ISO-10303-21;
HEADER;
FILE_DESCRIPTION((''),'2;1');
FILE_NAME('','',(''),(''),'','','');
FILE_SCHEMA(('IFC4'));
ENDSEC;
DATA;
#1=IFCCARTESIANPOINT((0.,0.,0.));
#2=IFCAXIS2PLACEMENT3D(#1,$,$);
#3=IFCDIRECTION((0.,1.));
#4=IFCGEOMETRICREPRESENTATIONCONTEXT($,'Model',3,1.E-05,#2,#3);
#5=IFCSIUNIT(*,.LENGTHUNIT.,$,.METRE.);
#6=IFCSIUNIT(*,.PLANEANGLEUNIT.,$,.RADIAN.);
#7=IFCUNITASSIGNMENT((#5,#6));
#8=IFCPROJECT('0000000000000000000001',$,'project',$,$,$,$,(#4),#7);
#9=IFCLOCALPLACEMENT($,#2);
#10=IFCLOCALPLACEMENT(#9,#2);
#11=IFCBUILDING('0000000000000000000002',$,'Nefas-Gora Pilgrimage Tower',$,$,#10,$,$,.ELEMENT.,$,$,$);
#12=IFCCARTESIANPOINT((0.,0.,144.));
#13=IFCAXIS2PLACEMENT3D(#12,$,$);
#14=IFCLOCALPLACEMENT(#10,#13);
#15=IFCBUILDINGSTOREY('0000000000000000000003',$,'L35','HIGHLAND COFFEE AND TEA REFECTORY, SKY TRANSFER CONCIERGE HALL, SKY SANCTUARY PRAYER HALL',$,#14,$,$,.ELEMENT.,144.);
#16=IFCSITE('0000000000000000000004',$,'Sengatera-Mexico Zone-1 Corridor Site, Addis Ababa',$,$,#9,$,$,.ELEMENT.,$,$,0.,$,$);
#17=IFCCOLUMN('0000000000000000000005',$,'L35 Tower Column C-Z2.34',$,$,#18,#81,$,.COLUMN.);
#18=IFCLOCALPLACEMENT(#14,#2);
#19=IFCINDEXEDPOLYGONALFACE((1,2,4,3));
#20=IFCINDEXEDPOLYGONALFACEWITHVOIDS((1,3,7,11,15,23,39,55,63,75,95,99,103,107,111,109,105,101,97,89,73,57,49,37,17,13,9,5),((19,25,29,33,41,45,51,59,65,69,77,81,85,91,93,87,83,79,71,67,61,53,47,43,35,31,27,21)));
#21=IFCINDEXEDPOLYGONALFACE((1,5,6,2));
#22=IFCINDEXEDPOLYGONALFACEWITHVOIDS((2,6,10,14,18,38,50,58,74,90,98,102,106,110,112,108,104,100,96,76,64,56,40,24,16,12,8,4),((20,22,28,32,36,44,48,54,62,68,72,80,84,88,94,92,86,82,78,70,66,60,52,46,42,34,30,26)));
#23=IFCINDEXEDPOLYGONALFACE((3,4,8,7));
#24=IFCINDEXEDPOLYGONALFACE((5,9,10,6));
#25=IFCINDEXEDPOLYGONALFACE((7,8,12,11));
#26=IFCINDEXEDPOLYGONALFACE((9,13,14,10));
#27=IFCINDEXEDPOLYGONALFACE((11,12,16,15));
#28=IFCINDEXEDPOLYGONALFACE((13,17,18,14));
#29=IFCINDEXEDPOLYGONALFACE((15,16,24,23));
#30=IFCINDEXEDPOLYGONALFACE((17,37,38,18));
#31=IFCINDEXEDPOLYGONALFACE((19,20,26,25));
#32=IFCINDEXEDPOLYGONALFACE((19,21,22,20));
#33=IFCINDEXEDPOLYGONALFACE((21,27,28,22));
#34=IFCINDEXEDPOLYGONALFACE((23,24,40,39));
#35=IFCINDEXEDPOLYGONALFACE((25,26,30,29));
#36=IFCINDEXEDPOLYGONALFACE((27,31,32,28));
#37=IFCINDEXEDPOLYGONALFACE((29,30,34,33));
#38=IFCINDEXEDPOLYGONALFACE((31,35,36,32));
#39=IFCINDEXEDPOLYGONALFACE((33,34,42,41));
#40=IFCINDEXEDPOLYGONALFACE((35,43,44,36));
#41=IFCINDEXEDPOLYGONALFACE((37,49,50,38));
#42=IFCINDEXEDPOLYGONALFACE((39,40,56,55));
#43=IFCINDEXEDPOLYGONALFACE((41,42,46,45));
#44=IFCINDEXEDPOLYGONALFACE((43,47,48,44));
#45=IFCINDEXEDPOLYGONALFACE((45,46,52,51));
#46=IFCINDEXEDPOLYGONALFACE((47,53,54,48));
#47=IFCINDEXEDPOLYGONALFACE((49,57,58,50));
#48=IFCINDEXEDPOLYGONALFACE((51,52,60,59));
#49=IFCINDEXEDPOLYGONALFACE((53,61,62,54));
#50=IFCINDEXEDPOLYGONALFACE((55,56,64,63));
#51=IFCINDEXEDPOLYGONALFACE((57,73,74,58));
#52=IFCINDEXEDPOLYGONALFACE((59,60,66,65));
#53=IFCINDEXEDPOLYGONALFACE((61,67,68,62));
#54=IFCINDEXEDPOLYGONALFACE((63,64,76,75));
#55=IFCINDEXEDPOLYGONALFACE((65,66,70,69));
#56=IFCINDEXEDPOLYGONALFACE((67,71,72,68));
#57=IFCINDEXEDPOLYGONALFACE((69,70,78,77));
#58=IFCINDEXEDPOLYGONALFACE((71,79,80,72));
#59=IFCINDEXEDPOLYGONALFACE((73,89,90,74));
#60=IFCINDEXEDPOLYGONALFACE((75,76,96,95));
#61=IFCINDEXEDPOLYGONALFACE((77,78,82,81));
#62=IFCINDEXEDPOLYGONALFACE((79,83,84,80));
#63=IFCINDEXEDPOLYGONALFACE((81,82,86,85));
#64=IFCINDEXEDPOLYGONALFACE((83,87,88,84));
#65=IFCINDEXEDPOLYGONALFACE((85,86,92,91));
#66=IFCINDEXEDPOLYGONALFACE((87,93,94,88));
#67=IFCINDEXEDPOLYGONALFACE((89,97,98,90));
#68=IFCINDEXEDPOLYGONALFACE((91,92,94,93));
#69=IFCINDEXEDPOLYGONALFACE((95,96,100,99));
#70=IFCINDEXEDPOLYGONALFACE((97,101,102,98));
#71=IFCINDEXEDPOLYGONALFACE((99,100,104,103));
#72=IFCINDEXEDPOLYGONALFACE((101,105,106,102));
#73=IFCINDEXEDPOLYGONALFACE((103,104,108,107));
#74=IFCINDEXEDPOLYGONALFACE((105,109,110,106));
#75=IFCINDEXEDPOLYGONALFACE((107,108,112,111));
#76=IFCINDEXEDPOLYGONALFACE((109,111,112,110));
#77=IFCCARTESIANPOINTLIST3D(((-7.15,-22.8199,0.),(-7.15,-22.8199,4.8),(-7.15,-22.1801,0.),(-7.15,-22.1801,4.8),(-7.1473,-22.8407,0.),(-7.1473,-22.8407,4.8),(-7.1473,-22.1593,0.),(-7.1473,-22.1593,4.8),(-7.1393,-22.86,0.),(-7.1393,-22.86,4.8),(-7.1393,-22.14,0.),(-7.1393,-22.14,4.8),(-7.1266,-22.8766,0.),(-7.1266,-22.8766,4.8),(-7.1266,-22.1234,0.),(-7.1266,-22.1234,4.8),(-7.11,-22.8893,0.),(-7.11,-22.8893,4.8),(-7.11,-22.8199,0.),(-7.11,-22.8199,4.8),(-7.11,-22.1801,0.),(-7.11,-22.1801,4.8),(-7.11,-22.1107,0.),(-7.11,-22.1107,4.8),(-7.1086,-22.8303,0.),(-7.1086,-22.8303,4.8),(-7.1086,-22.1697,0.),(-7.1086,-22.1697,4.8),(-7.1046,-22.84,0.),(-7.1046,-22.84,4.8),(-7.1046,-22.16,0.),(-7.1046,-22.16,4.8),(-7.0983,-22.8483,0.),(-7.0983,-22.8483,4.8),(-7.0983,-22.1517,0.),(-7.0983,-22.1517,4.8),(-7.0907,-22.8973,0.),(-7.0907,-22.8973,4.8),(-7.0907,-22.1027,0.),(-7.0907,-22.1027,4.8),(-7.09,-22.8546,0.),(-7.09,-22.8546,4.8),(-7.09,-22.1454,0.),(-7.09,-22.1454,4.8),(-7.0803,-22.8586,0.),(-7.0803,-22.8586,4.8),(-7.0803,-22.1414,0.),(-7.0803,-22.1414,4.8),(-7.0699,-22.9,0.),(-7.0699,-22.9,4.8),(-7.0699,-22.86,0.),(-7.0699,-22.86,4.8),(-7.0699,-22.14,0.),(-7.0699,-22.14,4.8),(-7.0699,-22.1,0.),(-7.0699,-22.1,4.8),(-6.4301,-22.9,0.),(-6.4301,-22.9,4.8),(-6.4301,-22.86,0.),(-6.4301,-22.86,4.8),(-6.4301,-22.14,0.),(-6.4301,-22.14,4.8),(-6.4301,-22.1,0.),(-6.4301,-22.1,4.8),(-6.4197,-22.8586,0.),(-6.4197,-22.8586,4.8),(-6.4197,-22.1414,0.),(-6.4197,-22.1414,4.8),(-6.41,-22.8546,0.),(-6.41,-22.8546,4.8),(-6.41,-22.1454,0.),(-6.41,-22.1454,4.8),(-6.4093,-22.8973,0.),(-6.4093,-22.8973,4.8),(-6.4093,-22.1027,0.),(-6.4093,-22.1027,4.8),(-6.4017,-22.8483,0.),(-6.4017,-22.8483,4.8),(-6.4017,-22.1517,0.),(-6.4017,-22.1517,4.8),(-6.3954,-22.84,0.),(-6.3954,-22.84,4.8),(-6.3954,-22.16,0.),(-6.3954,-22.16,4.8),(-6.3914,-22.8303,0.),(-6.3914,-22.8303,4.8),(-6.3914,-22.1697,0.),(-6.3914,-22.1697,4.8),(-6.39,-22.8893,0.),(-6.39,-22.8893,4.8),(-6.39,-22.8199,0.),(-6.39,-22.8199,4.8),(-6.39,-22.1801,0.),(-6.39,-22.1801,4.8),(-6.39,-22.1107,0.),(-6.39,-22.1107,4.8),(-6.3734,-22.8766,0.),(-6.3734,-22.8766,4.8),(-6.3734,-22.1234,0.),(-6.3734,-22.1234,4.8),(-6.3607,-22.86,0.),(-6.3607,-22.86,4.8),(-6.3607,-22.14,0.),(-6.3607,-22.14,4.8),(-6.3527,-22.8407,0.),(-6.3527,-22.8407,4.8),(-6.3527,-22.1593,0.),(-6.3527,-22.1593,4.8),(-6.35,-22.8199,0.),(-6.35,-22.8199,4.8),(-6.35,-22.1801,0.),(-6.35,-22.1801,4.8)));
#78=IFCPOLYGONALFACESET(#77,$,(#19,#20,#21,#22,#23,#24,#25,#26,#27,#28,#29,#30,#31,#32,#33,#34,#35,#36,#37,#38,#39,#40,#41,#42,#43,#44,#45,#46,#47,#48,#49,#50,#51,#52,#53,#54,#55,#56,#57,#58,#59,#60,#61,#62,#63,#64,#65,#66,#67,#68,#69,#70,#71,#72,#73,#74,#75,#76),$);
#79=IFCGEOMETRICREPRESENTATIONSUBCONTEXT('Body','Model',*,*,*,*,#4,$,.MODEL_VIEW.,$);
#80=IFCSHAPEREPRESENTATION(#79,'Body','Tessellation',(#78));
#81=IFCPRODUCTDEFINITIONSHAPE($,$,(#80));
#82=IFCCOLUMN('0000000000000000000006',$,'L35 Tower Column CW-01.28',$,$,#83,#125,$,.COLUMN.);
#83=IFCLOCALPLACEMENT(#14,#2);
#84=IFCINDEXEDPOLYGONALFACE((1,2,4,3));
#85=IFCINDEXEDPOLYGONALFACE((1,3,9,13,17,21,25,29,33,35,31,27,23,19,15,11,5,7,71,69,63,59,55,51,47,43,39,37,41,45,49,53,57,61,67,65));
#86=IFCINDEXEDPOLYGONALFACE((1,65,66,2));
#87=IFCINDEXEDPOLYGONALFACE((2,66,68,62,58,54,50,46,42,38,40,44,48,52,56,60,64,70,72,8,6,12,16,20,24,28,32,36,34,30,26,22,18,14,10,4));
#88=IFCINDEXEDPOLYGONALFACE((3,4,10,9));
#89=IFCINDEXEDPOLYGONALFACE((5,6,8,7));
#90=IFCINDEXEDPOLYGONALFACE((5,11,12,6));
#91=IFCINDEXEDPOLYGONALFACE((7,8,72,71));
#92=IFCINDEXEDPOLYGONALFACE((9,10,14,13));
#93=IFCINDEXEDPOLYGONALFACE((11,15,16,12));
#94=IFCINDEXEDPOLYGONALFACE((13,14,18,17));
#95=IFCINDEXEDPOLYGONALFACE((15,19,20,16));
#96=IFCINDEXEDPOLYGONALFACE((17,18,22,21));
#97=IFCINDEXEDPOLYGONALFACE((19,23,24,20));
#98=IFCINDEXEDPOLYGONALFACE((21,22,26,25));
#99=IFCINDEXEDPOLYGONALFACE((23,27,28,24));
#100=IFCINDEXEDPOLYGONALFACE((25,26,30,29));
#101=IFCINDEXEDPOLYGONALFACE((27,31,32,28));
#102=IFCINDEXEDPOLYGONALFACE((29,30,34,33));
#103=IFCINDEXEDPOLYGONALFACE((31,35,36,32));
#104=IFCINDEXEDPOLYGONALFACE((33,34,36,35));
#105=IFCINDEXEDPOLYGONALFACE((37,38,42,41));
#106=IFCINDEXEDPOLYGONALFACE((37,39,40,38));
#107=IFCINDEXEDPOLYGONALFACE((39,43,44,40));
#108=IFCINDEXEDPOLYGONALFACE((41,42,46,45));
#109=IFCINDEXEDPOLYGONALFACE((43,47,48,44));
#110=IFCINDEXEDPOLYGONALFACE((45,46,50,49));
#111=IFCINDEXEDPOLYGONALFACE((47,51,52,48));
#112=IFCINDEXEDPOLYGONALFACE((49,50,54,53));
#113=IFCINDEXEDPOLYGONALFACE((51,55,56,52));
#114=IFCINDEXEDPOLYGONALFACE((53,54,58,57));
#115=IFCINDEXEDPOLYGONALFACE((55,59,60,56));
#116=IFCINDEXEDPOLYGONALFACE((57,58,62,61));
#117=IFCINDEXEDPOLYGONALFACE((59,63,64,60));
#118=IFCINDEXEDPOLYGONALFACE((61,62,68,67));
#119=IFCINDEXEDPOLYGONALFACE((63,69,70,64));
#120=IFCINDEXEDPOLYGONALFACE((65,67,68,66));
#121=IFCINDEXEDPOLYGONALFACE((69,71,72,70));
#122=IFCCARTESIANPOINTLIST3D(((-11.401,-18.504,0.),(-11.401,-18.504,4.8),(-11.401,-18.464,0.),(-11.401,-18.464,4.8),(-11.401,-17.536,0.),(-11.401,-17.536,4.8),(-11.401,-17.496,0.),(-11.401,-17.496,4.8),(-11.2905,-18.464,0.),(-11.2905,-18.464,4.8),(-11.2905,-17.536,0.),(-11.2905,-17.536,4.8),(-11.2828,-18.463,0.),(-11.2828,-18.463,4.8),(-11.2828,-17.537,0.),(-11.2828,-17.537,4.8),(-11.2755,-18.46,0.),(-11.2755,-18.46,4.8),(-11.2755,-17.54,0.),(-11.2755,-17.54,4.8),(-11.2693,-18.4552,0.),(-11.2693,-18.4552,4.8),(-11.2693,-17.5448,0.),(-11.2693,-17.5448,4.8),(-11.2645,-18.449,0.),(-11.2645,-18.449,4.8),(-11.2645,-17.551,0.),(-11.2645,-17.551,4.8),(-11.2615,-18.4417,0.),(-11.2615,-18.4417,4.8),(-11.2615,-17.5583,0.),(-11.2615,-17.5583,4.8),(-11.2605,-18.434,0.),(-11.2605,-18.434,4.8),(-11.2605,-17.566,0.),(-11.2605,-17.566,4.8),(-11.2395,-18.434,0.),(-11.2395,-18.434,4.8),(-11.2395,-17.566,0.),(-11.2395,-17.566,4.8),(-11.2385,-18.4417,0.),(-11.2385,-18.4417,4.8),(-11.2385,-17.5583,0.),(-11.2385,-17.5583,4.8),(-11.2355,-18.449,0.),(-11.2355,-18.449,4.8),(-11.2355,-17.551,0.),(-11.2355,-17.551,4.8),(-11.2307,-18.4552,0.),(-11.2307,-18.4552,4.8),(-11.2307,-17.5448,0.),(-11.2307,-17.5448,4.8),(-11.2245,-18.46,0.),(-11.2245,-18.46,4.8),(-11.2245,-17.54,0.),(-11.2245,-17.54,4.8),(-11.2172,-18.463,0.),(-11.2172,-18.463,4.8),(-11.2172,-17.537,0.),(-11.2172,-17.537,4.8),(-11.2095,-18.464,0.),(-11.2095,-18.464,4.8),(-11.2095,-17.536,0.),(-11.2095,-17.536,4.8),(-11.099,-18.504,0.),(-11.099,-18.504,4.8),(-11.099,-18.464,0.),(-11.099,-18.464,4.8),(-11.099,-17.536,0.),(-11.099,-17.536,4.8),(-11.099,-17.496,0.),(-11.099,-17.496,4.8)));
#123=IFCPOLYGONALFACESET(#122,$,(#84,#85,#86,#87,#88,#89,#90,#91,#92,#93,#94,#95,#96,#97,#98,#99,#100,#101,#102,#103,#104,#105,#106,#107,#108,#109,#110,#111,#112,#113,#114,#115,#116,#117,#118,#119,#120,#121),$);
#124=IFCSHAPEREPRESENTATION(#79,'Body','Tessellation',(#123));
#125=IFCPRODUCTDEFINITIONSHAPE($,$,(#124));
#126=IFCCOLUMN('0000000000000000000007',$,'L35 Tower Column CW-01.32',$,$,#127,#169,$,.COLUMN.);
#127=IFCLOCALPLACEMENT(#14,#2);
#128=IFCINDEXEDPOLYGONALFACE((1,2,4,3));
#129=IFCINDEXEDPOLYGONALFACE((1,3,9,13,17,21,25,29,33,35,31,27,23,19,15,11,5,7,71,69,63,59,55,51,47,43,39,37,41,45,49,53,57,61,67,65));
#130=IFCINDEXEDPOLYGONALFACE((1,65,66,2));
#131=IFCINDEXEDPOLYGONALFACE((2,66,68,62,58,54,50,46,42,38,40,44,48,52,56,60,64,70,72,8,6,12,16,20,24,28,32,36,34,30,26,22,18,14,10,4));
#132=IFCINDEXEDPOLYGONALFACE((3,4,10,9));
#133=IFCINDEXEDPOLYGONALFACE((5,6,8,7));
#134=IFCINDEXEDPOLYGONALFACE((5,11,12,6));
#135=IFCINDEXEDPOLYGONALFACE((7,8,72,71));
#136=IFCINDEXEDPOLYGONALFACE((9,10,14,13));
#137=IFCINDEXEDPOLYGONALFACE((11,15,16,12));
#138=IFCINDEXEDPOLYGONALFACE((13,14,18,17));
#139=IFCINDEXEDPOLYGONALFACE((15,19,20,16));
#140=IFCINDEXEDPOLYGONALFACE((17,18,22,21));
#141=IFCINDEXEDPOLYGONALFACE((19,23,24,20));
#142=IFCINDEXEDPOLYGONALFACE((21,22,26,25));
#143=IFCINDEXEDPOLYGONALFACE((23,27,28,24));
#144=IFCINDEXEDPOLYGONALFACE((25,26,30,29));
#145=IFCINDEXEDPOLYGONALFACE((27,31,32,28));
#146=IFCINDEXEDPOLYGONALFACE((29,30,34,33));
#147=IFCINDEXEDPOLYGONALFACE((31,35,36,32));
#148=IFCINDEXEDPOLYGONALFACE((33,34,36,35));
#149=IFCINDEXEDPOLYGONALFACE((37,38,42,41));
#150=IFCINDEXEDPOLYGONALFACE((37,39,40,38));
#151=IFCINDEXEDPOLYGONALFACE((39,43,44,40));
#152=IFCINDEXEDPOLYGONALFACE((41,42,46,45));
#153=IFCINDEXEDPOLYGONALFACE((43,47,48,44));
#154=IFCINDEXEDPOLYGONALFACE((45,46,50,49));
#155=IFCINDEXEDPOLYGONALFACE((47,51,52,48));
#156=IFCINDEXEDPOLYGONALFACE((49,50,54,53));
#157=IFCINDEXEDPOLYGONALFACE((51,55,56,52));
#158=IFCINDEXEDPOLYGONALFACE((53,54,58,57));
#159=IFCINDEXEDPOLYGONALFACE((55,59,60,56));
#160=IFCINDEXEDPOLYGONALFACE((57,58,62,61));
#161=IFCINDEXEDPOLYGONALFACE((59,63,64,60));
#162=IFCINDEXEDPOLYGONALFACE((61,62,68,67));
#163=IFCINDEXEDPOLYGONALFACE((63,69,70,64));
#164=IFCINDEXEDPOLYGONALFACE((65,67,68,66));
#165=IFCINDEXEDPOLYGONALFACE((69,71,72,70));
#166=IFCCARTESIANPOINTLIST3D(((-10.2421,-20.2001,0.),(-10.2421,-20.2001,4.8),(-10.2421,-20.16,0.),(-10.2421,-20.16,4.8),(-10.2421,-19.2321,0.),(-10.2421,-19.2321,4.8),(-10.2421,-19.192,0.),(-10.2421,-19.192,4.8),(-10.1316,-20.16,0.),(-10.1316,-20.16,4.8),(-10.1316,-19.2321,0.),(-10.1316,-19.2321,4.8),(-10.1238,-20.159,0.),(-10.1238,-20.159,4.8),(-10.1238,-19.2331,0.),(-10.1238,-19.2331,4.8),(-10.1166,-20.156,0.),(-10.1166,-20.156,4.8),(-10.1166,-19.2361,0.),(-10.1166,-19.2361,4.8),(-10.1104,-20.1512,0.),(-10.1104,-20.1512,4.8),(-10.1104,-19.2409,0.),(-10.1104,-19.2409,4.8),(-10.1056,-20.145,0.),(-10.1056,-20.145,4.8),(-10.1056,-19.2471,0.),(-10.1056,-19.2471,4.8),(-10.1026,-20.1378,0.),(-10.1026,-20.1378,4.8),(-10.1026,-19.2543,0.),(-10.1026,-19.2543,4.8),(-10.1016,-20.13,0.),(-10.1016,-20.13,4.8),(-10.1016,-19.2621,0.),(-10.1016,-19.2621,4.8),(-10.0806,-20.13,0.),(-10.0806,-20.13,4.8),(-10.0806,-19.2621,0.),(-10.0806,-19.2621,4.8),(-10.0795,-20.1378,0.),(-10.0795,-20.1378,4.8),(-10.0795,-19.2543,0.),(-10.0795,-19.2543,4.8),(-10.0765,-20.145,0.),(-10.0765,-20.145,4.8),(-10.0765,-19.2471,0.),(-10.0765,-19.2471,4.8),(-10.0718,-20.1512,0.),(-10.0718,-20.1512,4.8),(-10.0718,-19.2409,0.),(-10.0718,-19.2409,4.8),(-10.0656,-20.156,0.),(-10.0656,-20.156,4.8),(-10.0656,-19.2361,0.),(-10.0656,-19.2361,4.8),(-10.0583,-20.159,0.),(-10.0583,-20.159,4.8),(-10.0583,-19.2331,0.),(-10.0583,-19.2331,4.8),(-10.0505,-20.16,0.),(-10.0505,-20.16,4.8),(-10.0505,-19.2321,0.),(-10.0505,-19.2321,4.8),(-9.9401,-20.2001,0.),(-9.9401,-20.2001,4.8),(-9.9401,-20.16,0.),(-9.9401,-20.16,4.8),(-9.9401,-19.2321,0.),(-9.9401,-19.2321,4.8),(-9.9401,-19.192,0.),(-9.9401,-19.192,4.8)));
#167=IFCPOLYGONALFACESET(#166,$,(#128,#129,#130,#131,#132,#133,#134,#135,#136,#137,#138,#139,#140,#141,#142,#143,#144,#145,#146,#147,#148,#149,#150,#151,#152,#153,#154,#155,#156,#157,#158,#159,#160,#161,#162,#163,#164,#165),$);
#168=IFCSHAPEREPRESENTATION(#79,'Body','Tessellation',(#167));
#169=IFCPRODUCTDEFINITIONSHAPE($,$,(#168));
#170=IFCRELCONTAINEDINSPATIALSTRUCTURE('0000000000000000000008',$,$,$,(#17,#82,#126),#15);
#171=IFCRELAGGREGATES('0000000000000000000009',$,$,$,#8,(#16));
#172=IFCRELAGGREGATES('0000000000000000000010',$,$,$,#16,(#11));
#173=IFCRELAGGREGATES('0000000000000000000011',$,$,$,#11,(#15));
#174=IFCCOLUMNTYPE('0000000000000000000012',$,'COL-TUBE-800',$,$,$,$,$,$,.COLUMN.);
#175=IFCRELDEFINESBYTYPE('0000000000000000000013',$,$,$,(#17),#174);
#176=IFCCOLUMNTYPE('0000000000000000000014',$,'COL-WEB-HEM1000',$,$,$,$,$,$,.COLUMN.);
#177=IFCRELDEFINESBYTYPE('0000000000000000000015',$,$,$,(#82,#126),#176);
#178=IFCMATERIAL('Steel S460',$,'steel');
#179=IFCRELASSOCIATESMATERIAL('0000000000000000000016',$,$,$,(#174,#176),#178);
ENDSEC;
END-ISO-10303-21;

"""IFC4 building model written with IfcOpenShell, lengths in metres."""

from ifc_helpers import new_model, si_unit, direction, frame, origin, origin_2d, place, context, subcontext, project, spatial, hollow_rectangle, i_section, extrude, source, transform, mapped, material, material_profile, profile_set, type_object, element, save


model = new_model("IFC4")

# Units and contexts
model_context = context("Model", 3, precision=1e-05, world=origin(), true_north=direction((0.0, 1.0)))
body_context = subcontext(model_context, "Body", "Model", "MODEL_VIEW")
ifc_project = project(units=[si_unit("LENGTHUNIT", "METRE"), si_unit("PLANEANGLEUNIT", "RADIAN")], contexts=[model_context])

# Site, building, storey
site_placement = place(None, origin())
site = spatial("IfcSite", under=ifc_project, at=site_placement, Name="Sengatera-Mexico Zone-1 Corridor Site, Addis Ababa", CompositionType="ELEMENT", RefElevation=0.0)
building_placement = place(site_placement, origin())
building = spatial("IfcBuilding", under=site, at=building_placement, Name="Nefas-Gora Pilgrimage Tower", CompositionType="ELEMENT")
storey_placement = place(building_placement, frame((0.0, 0.0, 144.0)))
storey = spatial("IfcBuildingStorey", under=building, at=storey_placement, Name="L35", Description="HIGHLAND COFFEE AND TEA REFECTORY, SKY TRANSFER CONCIERGE HALL, SKY SANCTUARY PRAYER HALL", CompositionType="ELEMENT", Elevation=144.0)

# Columns
ifc_material_1 = material(Name="Steel S460", Category="steel")
ifc_material_profile_1 = material_profile(ifc_material_1, hollow_rectangle(XDim=0.8, YDim=0.8, WallThickness=0.04, InnerFilletRadius=0.04, OuterFilletRadius=0.0801, at=origin_2d()), Name="BOX 800x800x40")
ifc_profile_set_1 = profile_set([ifc_material_profile_1], Name="Steel S460")
column_type_1 = type_object("IfcColumnType", Name="COL-TUBE-800", PredefinedType="COLUMN", material=ifc_profile_set_1)
shared_shape_1 = source(origin(), body_context, "Body", "SweptSolid", [
    extrude(hollow_rectangle(XDim=0.8, YDim=0.8, WallThickness=0.04, InnerFilletRadius=0.04, OuterFilletRadius=0.0801, at=origin_2d()), origin(), (0.0, 0.0, 1.0), 4.8),
])
column_1_placement = place(storey_placement, frame((-6.75, -22.5, 0.0), z_axis=(0.0, 0.0, 1.0), x_axis=(1.0, 0.0, 0.0)))
element("IfcColumn", 1, at=column_1_placement, inside=storey, type_object=column_type_1, Name="L35 Tower Column C-Z2.34", PredefinedType="COLUMN", context=body_context, shape_type="MappedRepresentation", body=[
    mapped(shared_shape_1, transform((0.0, 0.0, 0.0), x_axis=(1.0, 0.0, 0.0), y_axis=(0.0, 1.0, 0.0), z_axis=(0.0, 0.0, 1.0), scale=1.0)),
])
ifc_material_profile_2 = material_profile(ifc_material_1, i_section(OverallWidth=0.302, OverallDepth=1.0081, WebThickness=0.021, FlangeThickness=0.04, FilletRadius=0.03, at=origin_2d()), Name="HEM 1000")
ifc_profile_set_2 = profile_set([ifc_material_profile_2], Name="Steel S460")
column_type_2 = type_object("IfcColumnType", Name="COL-WEB-HEM1000", PredefinedType="COLUMN", material=ifc_profile_set_2)
shared_shape_2 = source(origin(), body_context, "Body", "SweptSolid", [
    extrude(i_section(OverallWidth=0.302, OverallDepth=1.0081, WebThickness=0.021, FlangeThickness=0.04, FilletRadius=0.03, at=origin_2d()), origin(), (0.0, 0.0, 1.0), 4.8),
])
for number, where, z_axis, x_axis, name in (
    (2, (-11.25, -18.0, 0.0), (0.0, 0.0, 1.0), (1.0, 0.0, 0.0), "L35 Tower Column CW-01.28"),
    (3, (-10.0911, -19.696, 0.0), (0.0, 0.0, 1.0), (1.0, 0.0, 0.0), "L35 Tower Column CW-01.32"),
):
    element("IfcColumn", number, at=place(storey_placement, frame(where, z_axis=z_axis, x_axis=x_axis)), inside=storey, type_object=column_type_2, Name=name, PredefinedType="COLUMN", context=body_context, shape_type="MappedRepresentation", body=[
        mapped(shared_shape_2, transform((0.0, 0.0, 0.0), x_axis=(1.0, 0.0, 0.0), y_axis=(0.0, 1.0, 0.0), z_axis=(0.0, 0.0, 1.0), scale=1.0)),
    ])

save(model, "model.ifc")
